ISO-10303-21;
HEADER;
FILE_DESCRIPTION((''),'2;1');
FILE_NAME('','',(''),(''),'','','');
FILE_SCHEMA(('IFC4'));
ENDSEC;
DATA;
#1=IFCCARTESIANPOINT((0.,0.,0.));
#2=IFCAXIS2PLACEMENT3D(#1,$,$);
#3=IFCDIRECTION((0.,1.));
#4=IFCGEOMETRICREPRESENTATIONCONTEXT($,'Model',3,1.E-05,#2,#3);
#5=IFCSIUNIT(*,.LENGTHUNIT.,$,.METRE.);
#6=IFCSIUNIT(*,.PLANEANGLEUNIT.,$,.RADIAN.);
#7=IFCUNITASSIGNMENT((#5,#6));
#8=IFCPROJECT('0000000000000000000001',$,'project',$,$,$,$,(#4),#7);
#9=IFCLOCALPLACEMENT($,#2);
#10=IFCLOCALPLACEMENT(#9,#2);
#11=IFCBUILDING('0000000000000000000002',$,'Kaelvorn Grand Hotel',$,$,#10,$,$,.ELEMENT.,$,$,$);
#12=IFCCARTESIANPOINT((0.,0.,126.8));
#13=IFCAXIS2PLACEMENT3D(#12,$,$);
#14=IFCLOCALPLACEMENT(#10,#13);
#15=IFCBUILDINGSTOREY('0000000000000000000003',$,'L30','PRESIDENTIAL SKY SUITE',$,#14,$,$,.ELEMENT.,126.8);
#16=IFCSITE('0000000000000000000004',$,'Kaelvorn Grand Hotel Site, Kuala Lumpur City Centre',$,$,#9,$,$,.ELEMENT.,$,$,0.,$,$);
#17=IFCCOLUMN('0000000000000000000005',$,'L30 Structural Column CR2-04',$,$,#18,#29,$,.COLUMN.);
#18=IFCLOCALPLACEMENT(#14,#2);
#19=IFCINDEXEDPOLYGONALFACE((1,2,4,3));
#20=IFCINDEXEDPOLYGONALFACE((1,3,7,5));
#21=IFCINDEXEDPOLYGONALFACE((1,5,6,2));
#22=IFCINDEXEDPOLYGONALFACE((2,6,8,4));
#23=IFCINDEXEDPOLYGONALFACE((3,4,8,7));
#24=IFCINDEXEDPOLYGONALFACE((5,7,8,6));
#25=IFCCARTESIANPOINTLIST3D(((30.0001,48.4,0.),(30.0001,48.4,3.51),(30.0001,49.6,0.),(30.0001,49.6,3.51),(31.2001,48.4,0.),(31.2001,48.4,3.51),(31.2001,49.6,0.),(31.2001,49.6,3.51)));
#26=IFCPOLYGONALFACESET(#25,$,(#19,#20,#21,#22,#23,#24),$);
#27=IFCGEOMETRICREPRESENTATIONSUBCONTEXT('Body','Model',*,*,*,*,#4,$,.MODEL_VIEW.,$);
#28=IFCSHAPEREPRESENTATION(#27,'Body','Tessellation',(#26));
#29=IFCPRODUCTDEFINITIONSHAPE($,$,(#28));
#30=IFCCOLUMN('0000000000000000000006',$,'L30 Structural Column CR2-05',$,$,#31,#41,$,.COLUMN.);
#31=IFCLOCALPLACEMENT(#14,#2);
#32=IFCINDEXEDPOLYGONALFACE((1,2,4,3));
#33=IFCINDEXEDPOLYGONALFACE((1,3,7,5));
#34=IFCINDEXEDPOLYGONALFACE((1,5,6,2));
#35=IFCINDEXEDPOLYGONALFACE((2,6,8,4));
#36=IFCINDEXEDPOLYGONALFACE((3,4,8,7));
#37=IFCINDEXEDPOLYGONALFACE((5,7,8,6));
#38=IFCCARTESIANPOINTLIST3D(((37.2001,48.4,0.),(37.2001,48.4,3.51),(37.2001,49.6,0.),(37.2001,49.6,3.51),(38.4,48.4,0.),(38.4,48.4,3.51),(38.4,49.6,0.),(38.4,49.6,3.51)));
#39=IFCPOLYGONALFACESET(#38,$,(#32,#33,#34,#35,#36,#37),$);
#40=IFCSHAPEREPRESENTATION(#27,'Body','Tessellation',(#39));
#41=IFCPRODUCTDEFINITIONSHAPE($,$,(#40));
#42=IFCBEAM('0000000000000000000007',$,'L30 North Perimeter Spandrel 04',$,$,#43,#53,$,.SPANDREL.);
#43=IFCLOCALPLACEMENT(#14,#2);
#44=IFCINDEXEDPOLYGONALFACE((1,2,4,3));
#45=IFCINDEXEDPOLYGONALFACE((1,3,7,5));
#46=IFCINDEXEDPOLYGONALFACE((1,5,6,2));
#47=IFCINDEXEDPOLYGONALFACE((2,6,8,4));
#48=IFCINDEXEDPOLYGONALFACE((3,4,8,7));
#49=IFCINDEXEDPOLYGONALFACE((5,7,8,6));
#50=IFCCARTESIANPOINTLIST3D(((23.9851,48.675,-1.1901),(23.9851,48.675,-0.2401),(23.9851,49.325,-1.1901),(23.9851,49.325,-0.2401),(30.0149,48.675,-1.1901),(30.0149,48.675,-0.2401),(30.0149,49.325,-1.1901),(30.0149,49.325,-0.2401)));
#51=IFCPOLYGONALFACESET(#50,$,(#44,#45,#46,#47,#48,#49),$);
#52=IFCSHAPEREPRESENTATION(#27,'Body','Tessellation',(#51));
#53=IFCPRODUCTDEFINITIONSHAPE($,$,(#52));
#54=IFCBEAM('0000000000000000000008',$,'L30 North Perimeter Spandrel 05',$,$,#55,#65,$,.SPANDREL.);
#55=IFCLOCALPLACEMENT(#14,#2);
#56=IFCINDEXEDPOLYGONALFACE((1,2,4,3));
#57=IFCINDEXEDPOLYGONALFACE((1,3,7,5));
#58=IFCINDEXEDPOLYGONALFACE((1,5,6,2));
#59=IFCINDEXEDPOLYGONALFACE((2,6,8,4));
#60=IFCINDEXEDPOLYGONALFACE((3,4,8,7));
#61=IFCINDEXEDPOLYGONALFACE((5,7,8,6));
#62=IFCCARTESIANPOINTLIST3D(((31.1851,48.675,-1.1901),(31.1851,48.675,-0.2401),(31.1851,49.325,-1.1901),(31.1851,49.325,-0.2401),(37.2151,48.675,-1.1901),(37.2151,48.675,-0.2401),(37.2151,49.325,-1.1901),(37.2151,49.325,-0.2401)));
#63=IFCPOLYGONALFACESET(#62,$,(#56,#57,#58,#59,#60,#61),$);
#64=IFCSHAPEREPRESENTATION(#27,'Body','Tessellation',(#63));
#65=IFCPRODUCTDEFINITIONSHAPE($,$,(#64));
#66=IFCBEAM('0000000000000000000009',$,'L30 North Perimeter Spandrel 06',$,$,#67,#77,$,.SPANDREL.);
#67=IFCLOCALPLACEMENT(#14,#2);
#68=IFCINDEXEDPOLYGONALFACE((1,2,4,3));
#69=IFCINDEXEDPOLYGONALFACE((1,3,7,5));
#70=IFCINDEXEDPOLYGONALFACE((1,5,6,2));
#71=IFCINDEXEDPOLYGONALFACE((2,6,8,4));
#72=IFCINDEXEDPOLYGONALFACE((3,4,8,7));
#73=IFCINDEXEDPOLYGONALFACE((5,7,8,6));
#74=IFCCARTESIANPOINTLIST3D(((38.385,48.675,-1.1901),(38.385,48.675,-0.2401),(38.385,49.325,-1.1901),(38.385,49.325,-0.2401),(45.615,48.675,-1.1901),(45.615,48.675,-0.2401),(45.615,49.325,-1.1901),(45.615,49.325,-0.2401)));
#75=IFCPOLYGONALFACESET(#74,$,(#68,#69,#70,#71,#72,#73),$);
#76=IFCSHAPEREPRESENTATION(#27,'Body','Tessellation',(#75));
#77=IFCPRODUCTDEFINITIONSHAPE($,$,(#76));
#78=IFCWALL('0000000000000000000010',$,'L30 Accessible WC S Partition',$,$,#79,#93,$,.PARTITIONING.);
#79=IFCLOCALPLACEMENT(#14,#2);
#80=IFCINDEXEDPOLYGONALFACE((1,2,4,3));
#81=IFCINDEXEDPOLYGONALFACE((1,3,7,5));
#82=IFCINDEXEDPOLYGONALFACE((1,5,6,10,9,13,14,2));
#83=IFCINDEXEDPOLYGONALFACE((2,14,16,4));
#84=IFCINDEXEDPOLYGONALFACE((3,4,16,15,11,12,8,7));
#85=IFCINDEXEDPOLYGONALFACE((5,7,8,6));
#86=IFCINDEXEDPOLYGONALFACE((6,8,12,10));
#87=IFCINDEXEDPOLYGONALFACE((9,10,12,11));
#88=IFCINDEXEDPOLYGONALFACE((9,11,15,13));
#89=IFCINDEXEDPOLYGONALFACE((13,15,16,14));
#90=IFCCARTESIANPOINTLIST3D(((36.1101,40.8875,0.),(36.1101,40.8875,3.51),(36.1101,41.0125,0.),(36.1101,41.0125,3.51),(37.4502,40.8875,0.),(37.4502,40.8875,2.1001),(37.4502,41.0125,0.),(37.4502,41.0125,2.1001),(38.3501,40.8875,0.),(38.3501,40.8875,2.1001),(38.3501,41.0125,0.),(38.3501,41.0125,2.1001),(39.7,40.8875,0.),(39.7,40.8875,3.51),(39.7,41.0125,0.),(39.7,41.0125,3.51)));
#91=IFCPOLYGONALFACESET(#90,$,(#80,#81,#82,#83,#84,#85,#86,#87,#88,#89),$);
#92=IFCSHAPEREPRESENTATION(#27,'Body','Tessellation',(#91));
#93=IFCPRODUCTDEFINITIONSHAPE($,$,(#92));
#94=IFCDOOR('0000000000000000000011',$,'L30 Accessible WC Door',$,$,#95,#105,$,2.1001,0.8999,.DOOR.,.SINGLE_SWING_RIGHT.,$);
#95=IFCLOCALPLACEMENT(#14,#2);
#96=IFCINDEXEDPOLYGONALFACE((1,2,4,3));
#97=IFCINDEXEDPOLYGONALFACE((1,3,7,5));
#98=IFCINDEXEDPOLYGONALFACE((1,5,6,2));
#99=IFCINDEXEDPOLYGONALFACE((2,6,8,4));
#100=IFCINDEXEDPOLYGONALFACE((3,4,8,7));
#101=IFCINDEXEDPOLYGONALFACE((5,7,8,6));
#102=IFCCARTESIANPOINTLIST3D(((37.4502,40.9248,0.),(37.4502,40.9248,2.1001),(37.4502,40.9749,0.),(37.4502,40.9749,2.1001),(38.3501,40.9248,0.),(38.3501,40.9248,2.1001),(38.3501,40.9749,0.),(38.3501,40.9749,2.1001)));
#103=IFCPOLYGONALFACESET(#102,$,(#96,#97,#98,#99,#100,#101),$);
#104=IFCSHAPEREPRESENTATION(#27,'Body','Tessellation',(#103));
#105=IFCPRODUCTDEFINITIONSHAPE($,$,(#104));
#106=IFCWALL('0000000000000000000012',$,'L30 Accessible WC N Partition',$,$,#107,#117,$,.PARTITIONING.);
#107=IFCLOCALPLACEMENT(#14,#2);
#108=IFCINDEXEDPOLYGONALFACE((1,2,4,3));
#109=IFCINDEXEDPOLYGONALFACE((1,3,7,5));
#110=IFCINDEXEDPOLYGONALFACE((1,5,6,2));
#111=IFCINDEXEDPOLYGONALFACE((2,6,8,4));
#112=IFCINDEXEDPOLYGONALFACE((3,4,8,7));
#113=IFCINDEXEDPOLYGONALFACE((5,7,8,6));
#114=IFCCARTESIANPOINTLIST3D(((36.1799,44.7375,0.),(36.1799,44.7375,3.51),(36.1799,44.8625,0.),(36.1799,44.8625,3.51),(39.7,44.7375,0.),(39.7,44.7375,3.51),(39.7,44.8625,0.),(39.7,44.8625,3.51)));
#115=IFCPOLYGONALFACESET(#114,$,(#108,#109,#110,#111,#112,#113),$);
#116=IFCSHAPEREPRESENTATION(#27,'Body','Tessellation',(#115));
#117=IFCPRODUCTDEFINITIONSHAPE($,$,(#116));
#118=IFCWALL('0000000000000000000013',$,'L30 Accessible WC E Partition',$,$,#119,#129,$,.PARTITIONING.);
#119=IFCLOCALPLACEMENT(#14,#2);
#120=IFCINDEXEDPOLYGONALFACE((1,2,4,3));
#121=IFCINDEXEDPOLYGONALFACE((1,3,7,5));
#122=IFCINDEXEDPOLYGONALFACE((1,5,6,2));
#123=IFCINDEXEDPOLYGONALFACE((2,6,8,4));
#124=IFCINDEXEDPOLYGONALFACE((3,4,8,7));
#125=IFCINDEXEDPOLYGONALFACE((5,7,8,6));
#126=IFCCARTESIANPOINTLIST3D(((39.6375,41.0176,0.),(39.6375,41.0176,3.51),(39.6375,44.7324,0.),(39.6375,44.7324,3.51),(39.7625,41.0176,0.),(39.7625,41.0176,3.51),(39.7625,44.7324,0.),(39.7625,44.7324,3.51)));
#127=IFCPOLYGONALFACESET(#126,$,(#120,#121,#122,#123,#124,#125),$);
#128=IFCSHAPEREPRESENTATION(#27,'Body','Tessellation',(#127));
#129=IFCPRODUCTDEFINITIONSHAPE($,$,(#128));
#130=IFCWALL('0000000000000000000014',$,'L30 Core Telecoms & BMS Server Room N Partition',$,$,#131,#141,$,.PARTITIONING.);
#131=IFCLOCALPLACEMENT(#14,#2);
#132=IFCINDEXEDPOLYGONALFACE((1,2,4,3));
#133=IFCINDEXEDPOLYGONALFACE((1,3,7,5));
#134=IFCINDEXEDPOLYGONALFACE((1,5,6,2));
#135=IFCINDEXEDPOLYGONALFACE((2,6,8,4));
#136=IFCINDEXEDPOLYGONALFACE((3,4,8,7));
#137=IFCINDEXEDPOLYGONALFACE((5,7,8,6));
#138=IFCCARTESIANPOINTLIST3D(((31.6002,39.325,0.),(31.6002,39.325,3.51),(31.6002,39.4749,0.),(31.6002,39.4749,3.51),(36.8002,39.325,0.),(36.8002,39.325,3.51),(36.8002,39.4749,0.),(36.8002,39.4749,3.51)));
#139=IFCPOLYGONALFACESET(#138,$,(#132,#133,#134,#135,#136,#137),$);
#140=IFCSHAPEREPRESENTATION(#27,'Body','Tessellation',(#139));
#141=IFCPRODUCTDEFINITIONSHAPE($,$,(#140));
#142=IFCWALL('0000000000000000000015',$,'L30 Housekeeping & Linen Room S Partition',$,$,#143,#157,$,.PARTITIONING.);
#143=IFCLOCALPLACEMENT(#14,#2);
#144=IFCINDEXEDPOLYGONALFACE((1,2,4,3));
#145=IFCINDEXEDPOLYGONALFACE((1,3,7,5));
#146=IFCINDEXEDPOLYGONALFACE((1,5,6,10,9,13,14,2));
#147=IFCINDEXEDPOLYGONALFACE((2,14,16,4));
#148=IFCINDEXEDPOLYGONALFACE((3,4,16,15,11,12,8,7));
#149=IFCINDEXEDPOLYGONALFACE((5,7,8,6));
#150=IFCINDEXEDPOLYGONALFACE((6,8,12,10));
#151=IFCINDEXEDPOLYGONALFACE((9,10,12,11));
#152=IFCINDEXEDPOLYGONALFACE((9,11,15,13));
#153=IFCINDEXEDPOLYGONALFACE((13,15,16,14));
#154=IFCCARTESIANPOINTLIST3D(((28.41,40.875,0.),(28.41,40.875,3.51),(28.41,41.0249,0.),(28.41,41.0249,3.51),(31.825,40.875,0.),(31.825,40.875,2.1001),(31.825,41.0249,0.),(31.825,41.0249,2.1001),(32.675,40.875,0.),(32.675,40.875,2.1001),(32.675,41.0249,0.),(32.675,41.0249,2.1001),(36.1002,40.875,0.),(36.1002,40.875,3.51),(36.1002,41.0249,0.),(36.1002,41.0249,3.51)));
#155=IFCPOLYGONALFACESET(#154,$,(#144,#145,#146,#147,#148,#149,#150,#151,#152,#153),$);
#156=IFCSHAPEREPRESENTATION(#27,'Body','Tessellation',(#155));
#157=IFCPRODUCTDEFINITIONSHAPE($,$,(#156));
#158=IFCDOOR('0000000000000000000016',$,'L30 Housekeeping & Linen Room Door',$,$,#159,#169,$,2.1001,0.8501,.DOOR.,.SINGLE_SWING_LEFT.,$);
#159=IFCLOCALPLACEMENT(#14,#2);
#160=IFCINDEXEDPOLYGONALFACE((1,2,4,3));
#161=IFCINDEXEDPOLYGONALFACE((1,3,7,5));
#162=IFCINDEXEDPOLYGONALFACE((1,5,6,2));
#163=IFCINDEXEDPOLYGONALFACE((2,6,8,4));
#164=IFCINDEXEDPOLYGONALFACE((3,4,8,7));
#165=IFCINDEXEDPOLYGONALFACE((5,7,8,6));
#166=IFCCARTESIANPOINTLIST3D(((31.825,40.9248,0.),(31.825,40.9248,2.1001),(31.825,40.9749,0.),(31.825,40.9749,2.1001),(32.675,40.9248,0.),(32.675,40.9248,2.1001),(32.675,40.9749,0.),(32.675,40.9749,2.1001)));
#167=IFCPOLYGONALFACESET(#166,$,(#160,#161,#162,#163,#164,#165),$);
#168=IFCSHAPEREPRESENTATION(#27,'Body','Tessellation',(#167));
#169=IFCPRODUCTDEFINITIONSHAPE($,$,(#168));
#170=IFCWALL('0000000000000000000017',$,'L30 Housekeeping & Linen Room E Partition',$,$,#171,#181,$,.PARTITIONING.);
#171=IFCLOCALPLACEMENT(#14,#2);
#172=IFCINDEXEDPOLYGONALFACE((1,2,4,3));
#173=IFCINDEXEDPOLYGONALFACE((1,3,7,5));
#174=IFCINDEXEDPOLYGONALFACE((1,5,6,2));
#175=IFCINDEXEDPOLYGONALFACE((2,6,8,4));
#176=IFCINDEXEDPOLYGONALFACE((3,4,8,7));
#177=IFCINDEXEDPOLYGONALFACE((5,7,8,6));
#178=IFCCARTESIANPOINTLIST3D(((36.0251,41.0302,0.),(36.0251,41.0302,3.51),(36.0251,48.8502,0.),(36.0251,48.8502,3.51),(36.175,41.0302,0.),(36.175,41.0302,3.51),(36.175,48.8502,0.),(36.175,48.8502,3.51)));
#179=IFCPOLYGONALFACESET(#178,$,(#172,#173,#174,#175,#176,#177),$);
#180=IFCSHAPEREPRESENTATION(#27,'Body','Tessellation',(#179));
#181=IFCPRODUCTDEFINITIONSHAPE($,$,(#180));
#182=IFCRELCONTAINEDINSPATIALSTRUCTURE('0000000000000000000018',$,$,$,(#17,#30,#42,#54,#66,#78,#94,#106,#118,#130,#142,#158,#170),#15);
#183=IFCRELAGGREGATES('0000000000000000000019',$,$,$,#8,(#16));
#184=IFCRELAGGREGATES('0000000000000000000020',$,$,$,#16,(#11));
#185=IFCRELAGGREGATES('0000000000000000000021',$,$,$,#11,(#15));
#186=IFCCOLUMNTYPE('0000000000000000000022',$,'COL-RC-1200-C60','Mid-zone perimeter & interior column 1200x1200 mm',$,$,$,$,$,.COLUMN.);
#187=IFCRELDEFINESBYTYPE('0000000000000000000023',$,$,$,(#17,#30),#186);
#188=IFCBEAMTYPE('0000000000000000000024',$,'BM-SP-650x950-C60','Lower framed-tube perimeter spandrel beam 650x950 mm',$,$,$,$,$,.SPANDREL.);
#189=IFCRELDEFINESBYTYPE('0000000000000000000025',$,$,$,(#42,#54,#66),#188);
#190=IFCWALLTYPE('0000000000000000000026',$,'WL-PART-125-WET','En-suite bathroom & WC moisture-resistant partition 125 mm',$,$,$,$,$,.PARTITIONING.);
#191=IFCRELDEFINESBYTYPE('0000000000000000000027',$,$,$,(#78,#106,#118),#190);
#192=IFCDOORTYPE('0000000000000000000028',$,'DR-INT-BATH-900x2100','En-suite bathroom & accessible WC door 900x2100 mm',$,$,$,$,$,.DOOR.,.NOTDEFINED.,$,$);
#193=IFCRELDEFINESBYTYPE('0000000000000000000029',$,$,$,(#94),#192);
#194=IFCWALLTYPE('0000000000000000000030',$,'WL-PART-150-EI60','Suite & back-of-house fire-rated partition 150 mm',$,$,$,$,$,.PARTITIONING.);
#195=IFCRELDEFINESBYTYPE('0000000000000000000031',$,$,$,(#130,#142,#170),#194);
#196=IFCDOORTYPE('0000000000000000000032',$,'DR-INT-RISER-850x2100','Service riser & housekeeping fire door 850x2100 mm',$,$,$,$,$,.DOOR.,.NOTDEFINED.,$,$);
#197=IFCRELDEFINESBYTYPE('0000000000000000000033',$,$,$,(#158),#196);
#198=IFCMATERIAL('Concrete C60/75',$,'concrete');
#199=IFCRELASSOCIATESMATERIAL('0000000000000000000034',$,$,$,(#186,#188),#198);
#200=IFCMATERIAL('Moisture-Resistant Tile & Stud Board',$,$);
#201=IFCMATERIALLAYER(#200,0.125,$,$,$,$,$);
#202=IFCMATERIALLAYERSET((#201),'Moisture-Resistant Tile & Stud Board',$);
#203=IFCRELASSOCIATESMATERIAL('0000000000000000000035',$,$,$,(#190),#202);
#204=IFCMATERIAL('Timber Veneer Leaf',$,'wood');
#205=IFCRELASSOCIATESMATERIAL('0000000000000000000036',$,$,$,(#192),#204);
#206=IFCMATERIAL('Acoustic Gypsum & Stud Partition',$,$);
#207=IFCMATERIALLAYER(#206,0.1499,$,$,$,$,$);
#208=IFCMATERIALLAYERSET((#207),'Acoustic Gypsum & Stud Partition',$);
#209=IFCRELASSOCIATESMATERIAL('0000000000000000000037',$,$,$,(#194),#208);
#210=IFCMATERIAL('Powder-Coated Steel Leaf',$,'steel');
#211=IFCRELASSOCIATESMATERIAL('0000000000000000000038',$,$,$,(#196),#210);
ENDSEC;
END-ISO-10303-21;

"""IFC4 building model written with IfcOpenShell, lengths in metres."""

from ifc_helpers import new_model, si_unit, direction, frame, frame_2d, origin, origin_2d, place, context, subcontext, project, spatial, rectangle, extrude, material, layer, layer_set, material_profile, profile_set, type_object, element, fill, save


model = new_model("IFC4")

# Units and contexts
model_context = context("Model", 3, precision=1e-05, world=origin(), true_north=direction((0.0, 1.0)))
body_context = subcontext(model_context, "Body", "Model", "MODEL_VIEW")
ifc_project = project(units=[si_unit("LENGTHUNIT", "METRE"), si_unit("PLANEANGLEUNIT", "RADIAN")], contexts=[model_context])

# Site, building, storey
site_placement = place(None, origin())
site = spatial("IfcSite", under=ifc_project, at=site_placement, Name="Kaelvorn Grand Hotel Site, Kuala Lumpur City Centre", CompositionType="ELEMENT", RefElevation=0.0)
building_placement = place(site_placement, origin())
building = spatial("IfcBuilding", under=site, at=building_placement, Name="Kaelvorn Grand Hotel", CompositionType="ELEMENT")
storey_placement = place(building_placement, frame((0.0, 0.0, 126.8)))
storey = spatial("IfcBuildingStorey", under=building, at=storey_placement, Name="L30", Description="PRESIDENTIAL SKY SUITE", CompositionType="ELEMENT", Elevation=126.8)

# Columns
ifc_material_1 = material(Name="Concrete C60/75", Category="concrete")
ifc_material_profile_1 = material_profile(ifc_material_1, rectangle(XDim=1.2, YDim=1.2, at=origin_2d()), Name="RC COL 1200x1200")
ifc_profile_set_1 = profile_set([ifc_material_profile_1], Name="Concrete C60/75")
column_type = type_object("IfcColumnType", Name="COL-RC-1200-C60", Description="Mid-zone perimeter & interior column 1200x1200 mm", PredefinedType="COLUMN", material=ifc_profile_set_1)
for number, where, z_axis, x_axis, name in (
    (1, (30.6001, 49.0, 0.0), (0.0, 0.0, 1.0), (1.0, 0.0, 0.0), "L30 Structural Column CR2-04"),
    (2, (37.8, 49.0, 0.0), (0.0, 0.0, 1.0), (1.0, 0.0, 0.0), "L30 Structural Column CR2-05"),
):
    element("IfcColumn", number, at=place(storey_placement, frame(where, z_axis=z_axis, x_axis=x_axis)), inside=storey, type_object=column_type, Name=name, PredefinedType="COLUMN", context=body_context, shape_type="SweptSolid", body=[
        extrude(rectangle(XDim=1.2, YDim=1.2, at=origin_2d()), origin(), (0.0, 0.0, 1.0), 3.51),
    ])

# Beams
ifc_material_profile_2 = material_profile(ifc_material_1, rectangle(XDim=0.6499, YDim=0.95, at=origin_2d()), Name="RC SPANDREL 650x950")
ifc_profile_set_2 = profile_set([ifc_material_profile_2], Name="Concrete C60/75")
beam_type = type_object("IfcBeamType", Name="BM-SP-650x950-C60", Description="Lower framed-tube perimeter spandrel beam 650x950 mm", PredefinedType="SPANDREL", material=ifc_profile_set_2)
beam_1_placement = place(storey_placement, frame((23.9851, 49.0, -0.7151), z_axis=(1.0, 0.0, 0.0), x_axis=(0.0, 1.0, 0.0)))
element("IfcBeam", 3, at=beam_1_placement, inside=storey, type_object=beam_type, Name="L30 North Perimeter Spandrel 04", PredefinedType="SPANDREL", context=body_context, shape_type="SweptSolid", body=[
    extrude(rectangle(XDim=0.6499, YDim=0.95, at=origin_2d()), origin(), (0.0, 0.0, 1.0), 6.0298),
])
beam_2_placement = place(storey_placement, frame((31.1851, 49.0, -0.7151), z_axis=(1.0, 0.0, 0.0), x_axis=(0.0, 1.0, 0.0)))
element("IfcBeam", 4, at=beam_2_placement, inside=storey, type_object=beam_type, Name="L30 North Perimeter Spandrel 05", PredefinedType="SPANDREL", context=body_context, shape_type="SweptSolid", body=[
    extrude(rectangle(XDim=0.6499, YDim=0.95, at=origin_2d()), origin(), (0.0, 0.0, 1.0), 6.03),
])
beam_3_placement = place(storey_placement, frame((38.385, 49.0, -0.7151), z_axis=(1.0, 0.0, 0.0), x_axis=(0.0, 1.0, 0.0)))
element("IfcBeam", 5, at=beam_3_placement, inside=storey, type_object=beam_type, Name="L30 North Perimeter Spandrel 06", PredefinedType="SPANDREL", context=body_context, shape_type="SweptSolid", body=[
    extrude(rectangle(XDim=0.6499, YDim=0.95, at=origin_2d()), origin(), (0.0, 0.0, 1.0), 7.23),
])

# Wall, opening, door
ifc_material_2 = material(Name="Moisture-Resistant Tile & Stud Board")
ifc_layer_1 = layer(ifc_material_2, 0.125)
ifc_layer_set_1 = layer_set([ifc_layer_1], Name="Moisture-Resistant Tile & Stud Board")
wall_type_1 = type_object("IfcWallType", Name="WL-PART-125-WET", Description="En-suite bathroom & WC moisture-resistant partition 125 mm", PredefinedType="PARTITIONING", material=ifc_layer_set_1)
wall_1_placement = place(storey_placement, frame((36.1101, 40.95, 0.0), z_axis=(0.0, 0.0, 1.0), x_axis=(1.0, 0.0, 0.0)))
wall_1 = element("IfcWall", 6, at=wall_1_placement, inside=storey, type_object=wall_type_1, Name="L30 Accessible WC S Partition", PredefinedType="PARTITIONING", context=body_context, shape_type="SweptSolid", body=[
    extrude(rectangle(XDim=3.5898, YDim=0.125, at=frame_2d((1.7949, 0.0))), origin(), (0.0, 0.0, 1.0), 3.51),
])
opening_1_placement = place(wall_1_placement, frame((1.3401, 0.0, 0.0)))
opening_1 = element("IfcOpeningElement", 7, at=opening_1_placement, cuts=wall_1, PredefinedType="OPENING", context=body_context, shape_type="SweptSolid", body=[
    extrude(rectangle(XDim=0.8999, YDim=2.1001, at=frame_2d((0.45, 1.05))), frame((0.0, 0.0725, 0.0), z_axis=(0.0, -1.0, 0.0), x_axis=(1.0, 0.0, 0.0)), (0.0, 0.0, 1.0), 0.145),
])
ifc_material_3 = material(Name="Timber Veneer Leaf", Category="wood")
door_type_1 = type_object("IfcDoorType", Name="DR-INT-BATH-900x2100", Description="En-suite bathroom & accessible WC door 900x2100 mm", OperationType="NOTDEFINED", PredefinedType="DOOR", material=ifc_material_3)
door_1_placement = place(opening_1_placement, origin())
door_1 = element("IfcDoor", 8, at=door_1_placement, inside=storey, type_object=door_type_1, Name="L30 Accessible WC Door", OperationType="SINGLE_SWING_RIGHT", OverallHeight=2.1001, OverallWidth=0.8999, PredefinedType="DOOR", context=body_context, shape_type="SweptSolid", body=[
    extrude(rectangle(XDim=0.8999, YDim=2.1001, at=frame_2d((0.45, 1.05))), frame((0.0, 0.0249, 0.0), z_axis=(0.0, -1.0, 0.0), x_axis=(1.0, 0.0, 0.0)), (0.0, 0.0, 1.0), 0.05),
])
fill(opening_1, door_1)

# Walls
wall_2_placement = place(storey_placement, frame((36.1799, 44.8, 0.0), z_axis=(0.0, 0.0, 1.0), x_axis=(1.0, 0.0, 0.0)))
element("IfcWall", 9, at=wall_2_placement, inside=storey, type_object=wall_type_1, Name="L30 Accessible WC N Partition", PredefinedType="PARTITIONING", context=body_context, shape_type="SweptSolid", body=[
    extrude(rectangle(XDim=3.52, YDim=0.125, at=frame_2d((1.76, 0.0))), origin(), (0.0, 0.0, 1.0), 3.51),
])
wall_3_placement = place(storey_placement, frame((39.7, 41.0176, 0.0), z_axis=(0.0, 0.0, 1.0), x_axis=(0.0, 1.0, 0.0)))
element("IfcWall", 10, at=wall_3_placement, inside=storey, type_object=wall_type_1, Name="L30 Accessible WC E Partition", PredefinedType="PARTITIONING", context=body_context, shape_type="SweptSolid", body=[
    extrude(rectangle(XDim=3.7148, YDim=0.125, at=frame_2d((1.8574, 0.0))), origin(), (0.0, 0.0, 1.0), 3.51),
])
ifc_material_4 = material(Name="Acoustic Gypsum & Stud Partition")
ifc_layer_2 = layer(ifc_material_4, 0.1499)
ifc_layer_set_2 = layer_set([ifc_layer_2], Name="Acoustic Gypsum & Stud Partition")
wall_type_2 = type_object("IfcWallType", Name="WL-PART-150-EI60", Description="Suite & back-of-house fire-rated partition 150 mm", PredefinedType="PARTITIONING", material=ifc_layer_set_2)
wall_4_placement = place(storey_placement, frame((31.6001, 39.3999, 0.0), z_axis=(0.0, 0.0, 1.0), x_axis=(1.0, 0.0, 0.0)))
element("IfcWall", 11, at=wall_4_placement, inside=storey, type_object=wall_type_2, Name="L30 Core Telecoms & BMS Server Room N Partition", PredefinedType="PARTITIONING", context=body_context, shape_type="SweptSolid", body=[
    extrude(rectangle(XDim=5.2, YDim=0.1499, at=frame_2d((2.6001, 0.0))), origin(), (0.0, 0.0, 1.0), 3.51),
])

# Wall, opening, door
wall_5_placement = place(storey_placement, frame((28.4099, 40.95, 0.0), z_axis=(0.0, 0.0, 1.0), x_axis=(1.0, 0.0, 0.0)))
wall_5 = element("IfcWall", 12, at=wall_5_placement, inside=storey, type_object=wall_type_2, Name="L30 Housekeeping & Linen Room S Partition", PredefinedType="PARTITIONING", context=body_context, shape_type="SweptSolid", body=[
    extrude(rectangle(XDim=7.6902, YDim=0.1499, at=frame_2d((3.8452, 0.0))), origin(), (0.0, 0.0, 1.0), 3.51),
])
opening_2_placement = place(wall_5_placement, frame((3.415, 0.0, 0.0)))
opening_2 = element("IfcOpeningElement", 13, at=opening_2_placement, cuts=wall_5, PredefinedType="OPENING", context=body_context, shape_type="SweptSolid", body=[
    extrude(rectangle(XDim=0.8501, YDim=2.1001, at=frame_2d((0.425, 1.05))), frame((0.0, 0.085, 0.0), z_axis=(0.0, -1.0, 0.0), x_axis=(1.0, 0.0, 0.0)), (0.0, 0.0, 1.0), 0.1699),
])
ifc_material_5 = material(Name="Powder-Coated Steel Leaf", Category="steel")
door_type_2 = type_object("IfcDoorType", Name="DR-INT-RISER-850x2100", Description="Service riser & housekeeping fire door 850x2100 mm", OperationType="NOTDEFINED", PredefinedType="DOOR", material=ifc_material_5)
door_2_placement = place(opening_2_placement, origin())
door_2 = element("IfcDoor", 14, at=door_2_placement, inside=storey, type_object=door_type_2, Name="L30 Housekeeping & Linen Room Door", OperationType="SINGLE_SWING_LEFT", OverallHeight=2.1001, OverallWidth=0.8501, PredefinedType="DOOR", context=body_context, shape_type="SweptSolid", body=[
    extrude(rectangle(XDim=0.8501, YDim=2.1001, at=frame_2d((0.425, 1.05))), frame((0.0, 0.0249, 0.0), z_axis=(0.0, -1.0, 0.0), x_axis=(1.0, 0.0, 0.0)), (0.0, 0.0, 1.0), 0.05),
])
fill(opening_2, door_2)

# Wall
wall_6_placement = place(storey_placement, frame((36.1001, 41.03, 0.0), z_axis=(0.0, 0.0, 1.0), x_axis=(0.0, 1.0, 0.0)))
element("IfcWall", 15, at=wall_6_placement, inside=storey, type_object=wall_type_2, Name="L30 Housekeeping & Linen Room E Partition", PredefinedType="PARTITIONING", context=body_context, shape_type="SweptSolid", body=[
    extrude(rectangle(XDim=7.8201, YDim=0.1499, at=frame_2d((3.9102, 0.0))), origin(), (0.0, 0.0, 1.0), 3.51),
])

save(model, "model.ifc")
